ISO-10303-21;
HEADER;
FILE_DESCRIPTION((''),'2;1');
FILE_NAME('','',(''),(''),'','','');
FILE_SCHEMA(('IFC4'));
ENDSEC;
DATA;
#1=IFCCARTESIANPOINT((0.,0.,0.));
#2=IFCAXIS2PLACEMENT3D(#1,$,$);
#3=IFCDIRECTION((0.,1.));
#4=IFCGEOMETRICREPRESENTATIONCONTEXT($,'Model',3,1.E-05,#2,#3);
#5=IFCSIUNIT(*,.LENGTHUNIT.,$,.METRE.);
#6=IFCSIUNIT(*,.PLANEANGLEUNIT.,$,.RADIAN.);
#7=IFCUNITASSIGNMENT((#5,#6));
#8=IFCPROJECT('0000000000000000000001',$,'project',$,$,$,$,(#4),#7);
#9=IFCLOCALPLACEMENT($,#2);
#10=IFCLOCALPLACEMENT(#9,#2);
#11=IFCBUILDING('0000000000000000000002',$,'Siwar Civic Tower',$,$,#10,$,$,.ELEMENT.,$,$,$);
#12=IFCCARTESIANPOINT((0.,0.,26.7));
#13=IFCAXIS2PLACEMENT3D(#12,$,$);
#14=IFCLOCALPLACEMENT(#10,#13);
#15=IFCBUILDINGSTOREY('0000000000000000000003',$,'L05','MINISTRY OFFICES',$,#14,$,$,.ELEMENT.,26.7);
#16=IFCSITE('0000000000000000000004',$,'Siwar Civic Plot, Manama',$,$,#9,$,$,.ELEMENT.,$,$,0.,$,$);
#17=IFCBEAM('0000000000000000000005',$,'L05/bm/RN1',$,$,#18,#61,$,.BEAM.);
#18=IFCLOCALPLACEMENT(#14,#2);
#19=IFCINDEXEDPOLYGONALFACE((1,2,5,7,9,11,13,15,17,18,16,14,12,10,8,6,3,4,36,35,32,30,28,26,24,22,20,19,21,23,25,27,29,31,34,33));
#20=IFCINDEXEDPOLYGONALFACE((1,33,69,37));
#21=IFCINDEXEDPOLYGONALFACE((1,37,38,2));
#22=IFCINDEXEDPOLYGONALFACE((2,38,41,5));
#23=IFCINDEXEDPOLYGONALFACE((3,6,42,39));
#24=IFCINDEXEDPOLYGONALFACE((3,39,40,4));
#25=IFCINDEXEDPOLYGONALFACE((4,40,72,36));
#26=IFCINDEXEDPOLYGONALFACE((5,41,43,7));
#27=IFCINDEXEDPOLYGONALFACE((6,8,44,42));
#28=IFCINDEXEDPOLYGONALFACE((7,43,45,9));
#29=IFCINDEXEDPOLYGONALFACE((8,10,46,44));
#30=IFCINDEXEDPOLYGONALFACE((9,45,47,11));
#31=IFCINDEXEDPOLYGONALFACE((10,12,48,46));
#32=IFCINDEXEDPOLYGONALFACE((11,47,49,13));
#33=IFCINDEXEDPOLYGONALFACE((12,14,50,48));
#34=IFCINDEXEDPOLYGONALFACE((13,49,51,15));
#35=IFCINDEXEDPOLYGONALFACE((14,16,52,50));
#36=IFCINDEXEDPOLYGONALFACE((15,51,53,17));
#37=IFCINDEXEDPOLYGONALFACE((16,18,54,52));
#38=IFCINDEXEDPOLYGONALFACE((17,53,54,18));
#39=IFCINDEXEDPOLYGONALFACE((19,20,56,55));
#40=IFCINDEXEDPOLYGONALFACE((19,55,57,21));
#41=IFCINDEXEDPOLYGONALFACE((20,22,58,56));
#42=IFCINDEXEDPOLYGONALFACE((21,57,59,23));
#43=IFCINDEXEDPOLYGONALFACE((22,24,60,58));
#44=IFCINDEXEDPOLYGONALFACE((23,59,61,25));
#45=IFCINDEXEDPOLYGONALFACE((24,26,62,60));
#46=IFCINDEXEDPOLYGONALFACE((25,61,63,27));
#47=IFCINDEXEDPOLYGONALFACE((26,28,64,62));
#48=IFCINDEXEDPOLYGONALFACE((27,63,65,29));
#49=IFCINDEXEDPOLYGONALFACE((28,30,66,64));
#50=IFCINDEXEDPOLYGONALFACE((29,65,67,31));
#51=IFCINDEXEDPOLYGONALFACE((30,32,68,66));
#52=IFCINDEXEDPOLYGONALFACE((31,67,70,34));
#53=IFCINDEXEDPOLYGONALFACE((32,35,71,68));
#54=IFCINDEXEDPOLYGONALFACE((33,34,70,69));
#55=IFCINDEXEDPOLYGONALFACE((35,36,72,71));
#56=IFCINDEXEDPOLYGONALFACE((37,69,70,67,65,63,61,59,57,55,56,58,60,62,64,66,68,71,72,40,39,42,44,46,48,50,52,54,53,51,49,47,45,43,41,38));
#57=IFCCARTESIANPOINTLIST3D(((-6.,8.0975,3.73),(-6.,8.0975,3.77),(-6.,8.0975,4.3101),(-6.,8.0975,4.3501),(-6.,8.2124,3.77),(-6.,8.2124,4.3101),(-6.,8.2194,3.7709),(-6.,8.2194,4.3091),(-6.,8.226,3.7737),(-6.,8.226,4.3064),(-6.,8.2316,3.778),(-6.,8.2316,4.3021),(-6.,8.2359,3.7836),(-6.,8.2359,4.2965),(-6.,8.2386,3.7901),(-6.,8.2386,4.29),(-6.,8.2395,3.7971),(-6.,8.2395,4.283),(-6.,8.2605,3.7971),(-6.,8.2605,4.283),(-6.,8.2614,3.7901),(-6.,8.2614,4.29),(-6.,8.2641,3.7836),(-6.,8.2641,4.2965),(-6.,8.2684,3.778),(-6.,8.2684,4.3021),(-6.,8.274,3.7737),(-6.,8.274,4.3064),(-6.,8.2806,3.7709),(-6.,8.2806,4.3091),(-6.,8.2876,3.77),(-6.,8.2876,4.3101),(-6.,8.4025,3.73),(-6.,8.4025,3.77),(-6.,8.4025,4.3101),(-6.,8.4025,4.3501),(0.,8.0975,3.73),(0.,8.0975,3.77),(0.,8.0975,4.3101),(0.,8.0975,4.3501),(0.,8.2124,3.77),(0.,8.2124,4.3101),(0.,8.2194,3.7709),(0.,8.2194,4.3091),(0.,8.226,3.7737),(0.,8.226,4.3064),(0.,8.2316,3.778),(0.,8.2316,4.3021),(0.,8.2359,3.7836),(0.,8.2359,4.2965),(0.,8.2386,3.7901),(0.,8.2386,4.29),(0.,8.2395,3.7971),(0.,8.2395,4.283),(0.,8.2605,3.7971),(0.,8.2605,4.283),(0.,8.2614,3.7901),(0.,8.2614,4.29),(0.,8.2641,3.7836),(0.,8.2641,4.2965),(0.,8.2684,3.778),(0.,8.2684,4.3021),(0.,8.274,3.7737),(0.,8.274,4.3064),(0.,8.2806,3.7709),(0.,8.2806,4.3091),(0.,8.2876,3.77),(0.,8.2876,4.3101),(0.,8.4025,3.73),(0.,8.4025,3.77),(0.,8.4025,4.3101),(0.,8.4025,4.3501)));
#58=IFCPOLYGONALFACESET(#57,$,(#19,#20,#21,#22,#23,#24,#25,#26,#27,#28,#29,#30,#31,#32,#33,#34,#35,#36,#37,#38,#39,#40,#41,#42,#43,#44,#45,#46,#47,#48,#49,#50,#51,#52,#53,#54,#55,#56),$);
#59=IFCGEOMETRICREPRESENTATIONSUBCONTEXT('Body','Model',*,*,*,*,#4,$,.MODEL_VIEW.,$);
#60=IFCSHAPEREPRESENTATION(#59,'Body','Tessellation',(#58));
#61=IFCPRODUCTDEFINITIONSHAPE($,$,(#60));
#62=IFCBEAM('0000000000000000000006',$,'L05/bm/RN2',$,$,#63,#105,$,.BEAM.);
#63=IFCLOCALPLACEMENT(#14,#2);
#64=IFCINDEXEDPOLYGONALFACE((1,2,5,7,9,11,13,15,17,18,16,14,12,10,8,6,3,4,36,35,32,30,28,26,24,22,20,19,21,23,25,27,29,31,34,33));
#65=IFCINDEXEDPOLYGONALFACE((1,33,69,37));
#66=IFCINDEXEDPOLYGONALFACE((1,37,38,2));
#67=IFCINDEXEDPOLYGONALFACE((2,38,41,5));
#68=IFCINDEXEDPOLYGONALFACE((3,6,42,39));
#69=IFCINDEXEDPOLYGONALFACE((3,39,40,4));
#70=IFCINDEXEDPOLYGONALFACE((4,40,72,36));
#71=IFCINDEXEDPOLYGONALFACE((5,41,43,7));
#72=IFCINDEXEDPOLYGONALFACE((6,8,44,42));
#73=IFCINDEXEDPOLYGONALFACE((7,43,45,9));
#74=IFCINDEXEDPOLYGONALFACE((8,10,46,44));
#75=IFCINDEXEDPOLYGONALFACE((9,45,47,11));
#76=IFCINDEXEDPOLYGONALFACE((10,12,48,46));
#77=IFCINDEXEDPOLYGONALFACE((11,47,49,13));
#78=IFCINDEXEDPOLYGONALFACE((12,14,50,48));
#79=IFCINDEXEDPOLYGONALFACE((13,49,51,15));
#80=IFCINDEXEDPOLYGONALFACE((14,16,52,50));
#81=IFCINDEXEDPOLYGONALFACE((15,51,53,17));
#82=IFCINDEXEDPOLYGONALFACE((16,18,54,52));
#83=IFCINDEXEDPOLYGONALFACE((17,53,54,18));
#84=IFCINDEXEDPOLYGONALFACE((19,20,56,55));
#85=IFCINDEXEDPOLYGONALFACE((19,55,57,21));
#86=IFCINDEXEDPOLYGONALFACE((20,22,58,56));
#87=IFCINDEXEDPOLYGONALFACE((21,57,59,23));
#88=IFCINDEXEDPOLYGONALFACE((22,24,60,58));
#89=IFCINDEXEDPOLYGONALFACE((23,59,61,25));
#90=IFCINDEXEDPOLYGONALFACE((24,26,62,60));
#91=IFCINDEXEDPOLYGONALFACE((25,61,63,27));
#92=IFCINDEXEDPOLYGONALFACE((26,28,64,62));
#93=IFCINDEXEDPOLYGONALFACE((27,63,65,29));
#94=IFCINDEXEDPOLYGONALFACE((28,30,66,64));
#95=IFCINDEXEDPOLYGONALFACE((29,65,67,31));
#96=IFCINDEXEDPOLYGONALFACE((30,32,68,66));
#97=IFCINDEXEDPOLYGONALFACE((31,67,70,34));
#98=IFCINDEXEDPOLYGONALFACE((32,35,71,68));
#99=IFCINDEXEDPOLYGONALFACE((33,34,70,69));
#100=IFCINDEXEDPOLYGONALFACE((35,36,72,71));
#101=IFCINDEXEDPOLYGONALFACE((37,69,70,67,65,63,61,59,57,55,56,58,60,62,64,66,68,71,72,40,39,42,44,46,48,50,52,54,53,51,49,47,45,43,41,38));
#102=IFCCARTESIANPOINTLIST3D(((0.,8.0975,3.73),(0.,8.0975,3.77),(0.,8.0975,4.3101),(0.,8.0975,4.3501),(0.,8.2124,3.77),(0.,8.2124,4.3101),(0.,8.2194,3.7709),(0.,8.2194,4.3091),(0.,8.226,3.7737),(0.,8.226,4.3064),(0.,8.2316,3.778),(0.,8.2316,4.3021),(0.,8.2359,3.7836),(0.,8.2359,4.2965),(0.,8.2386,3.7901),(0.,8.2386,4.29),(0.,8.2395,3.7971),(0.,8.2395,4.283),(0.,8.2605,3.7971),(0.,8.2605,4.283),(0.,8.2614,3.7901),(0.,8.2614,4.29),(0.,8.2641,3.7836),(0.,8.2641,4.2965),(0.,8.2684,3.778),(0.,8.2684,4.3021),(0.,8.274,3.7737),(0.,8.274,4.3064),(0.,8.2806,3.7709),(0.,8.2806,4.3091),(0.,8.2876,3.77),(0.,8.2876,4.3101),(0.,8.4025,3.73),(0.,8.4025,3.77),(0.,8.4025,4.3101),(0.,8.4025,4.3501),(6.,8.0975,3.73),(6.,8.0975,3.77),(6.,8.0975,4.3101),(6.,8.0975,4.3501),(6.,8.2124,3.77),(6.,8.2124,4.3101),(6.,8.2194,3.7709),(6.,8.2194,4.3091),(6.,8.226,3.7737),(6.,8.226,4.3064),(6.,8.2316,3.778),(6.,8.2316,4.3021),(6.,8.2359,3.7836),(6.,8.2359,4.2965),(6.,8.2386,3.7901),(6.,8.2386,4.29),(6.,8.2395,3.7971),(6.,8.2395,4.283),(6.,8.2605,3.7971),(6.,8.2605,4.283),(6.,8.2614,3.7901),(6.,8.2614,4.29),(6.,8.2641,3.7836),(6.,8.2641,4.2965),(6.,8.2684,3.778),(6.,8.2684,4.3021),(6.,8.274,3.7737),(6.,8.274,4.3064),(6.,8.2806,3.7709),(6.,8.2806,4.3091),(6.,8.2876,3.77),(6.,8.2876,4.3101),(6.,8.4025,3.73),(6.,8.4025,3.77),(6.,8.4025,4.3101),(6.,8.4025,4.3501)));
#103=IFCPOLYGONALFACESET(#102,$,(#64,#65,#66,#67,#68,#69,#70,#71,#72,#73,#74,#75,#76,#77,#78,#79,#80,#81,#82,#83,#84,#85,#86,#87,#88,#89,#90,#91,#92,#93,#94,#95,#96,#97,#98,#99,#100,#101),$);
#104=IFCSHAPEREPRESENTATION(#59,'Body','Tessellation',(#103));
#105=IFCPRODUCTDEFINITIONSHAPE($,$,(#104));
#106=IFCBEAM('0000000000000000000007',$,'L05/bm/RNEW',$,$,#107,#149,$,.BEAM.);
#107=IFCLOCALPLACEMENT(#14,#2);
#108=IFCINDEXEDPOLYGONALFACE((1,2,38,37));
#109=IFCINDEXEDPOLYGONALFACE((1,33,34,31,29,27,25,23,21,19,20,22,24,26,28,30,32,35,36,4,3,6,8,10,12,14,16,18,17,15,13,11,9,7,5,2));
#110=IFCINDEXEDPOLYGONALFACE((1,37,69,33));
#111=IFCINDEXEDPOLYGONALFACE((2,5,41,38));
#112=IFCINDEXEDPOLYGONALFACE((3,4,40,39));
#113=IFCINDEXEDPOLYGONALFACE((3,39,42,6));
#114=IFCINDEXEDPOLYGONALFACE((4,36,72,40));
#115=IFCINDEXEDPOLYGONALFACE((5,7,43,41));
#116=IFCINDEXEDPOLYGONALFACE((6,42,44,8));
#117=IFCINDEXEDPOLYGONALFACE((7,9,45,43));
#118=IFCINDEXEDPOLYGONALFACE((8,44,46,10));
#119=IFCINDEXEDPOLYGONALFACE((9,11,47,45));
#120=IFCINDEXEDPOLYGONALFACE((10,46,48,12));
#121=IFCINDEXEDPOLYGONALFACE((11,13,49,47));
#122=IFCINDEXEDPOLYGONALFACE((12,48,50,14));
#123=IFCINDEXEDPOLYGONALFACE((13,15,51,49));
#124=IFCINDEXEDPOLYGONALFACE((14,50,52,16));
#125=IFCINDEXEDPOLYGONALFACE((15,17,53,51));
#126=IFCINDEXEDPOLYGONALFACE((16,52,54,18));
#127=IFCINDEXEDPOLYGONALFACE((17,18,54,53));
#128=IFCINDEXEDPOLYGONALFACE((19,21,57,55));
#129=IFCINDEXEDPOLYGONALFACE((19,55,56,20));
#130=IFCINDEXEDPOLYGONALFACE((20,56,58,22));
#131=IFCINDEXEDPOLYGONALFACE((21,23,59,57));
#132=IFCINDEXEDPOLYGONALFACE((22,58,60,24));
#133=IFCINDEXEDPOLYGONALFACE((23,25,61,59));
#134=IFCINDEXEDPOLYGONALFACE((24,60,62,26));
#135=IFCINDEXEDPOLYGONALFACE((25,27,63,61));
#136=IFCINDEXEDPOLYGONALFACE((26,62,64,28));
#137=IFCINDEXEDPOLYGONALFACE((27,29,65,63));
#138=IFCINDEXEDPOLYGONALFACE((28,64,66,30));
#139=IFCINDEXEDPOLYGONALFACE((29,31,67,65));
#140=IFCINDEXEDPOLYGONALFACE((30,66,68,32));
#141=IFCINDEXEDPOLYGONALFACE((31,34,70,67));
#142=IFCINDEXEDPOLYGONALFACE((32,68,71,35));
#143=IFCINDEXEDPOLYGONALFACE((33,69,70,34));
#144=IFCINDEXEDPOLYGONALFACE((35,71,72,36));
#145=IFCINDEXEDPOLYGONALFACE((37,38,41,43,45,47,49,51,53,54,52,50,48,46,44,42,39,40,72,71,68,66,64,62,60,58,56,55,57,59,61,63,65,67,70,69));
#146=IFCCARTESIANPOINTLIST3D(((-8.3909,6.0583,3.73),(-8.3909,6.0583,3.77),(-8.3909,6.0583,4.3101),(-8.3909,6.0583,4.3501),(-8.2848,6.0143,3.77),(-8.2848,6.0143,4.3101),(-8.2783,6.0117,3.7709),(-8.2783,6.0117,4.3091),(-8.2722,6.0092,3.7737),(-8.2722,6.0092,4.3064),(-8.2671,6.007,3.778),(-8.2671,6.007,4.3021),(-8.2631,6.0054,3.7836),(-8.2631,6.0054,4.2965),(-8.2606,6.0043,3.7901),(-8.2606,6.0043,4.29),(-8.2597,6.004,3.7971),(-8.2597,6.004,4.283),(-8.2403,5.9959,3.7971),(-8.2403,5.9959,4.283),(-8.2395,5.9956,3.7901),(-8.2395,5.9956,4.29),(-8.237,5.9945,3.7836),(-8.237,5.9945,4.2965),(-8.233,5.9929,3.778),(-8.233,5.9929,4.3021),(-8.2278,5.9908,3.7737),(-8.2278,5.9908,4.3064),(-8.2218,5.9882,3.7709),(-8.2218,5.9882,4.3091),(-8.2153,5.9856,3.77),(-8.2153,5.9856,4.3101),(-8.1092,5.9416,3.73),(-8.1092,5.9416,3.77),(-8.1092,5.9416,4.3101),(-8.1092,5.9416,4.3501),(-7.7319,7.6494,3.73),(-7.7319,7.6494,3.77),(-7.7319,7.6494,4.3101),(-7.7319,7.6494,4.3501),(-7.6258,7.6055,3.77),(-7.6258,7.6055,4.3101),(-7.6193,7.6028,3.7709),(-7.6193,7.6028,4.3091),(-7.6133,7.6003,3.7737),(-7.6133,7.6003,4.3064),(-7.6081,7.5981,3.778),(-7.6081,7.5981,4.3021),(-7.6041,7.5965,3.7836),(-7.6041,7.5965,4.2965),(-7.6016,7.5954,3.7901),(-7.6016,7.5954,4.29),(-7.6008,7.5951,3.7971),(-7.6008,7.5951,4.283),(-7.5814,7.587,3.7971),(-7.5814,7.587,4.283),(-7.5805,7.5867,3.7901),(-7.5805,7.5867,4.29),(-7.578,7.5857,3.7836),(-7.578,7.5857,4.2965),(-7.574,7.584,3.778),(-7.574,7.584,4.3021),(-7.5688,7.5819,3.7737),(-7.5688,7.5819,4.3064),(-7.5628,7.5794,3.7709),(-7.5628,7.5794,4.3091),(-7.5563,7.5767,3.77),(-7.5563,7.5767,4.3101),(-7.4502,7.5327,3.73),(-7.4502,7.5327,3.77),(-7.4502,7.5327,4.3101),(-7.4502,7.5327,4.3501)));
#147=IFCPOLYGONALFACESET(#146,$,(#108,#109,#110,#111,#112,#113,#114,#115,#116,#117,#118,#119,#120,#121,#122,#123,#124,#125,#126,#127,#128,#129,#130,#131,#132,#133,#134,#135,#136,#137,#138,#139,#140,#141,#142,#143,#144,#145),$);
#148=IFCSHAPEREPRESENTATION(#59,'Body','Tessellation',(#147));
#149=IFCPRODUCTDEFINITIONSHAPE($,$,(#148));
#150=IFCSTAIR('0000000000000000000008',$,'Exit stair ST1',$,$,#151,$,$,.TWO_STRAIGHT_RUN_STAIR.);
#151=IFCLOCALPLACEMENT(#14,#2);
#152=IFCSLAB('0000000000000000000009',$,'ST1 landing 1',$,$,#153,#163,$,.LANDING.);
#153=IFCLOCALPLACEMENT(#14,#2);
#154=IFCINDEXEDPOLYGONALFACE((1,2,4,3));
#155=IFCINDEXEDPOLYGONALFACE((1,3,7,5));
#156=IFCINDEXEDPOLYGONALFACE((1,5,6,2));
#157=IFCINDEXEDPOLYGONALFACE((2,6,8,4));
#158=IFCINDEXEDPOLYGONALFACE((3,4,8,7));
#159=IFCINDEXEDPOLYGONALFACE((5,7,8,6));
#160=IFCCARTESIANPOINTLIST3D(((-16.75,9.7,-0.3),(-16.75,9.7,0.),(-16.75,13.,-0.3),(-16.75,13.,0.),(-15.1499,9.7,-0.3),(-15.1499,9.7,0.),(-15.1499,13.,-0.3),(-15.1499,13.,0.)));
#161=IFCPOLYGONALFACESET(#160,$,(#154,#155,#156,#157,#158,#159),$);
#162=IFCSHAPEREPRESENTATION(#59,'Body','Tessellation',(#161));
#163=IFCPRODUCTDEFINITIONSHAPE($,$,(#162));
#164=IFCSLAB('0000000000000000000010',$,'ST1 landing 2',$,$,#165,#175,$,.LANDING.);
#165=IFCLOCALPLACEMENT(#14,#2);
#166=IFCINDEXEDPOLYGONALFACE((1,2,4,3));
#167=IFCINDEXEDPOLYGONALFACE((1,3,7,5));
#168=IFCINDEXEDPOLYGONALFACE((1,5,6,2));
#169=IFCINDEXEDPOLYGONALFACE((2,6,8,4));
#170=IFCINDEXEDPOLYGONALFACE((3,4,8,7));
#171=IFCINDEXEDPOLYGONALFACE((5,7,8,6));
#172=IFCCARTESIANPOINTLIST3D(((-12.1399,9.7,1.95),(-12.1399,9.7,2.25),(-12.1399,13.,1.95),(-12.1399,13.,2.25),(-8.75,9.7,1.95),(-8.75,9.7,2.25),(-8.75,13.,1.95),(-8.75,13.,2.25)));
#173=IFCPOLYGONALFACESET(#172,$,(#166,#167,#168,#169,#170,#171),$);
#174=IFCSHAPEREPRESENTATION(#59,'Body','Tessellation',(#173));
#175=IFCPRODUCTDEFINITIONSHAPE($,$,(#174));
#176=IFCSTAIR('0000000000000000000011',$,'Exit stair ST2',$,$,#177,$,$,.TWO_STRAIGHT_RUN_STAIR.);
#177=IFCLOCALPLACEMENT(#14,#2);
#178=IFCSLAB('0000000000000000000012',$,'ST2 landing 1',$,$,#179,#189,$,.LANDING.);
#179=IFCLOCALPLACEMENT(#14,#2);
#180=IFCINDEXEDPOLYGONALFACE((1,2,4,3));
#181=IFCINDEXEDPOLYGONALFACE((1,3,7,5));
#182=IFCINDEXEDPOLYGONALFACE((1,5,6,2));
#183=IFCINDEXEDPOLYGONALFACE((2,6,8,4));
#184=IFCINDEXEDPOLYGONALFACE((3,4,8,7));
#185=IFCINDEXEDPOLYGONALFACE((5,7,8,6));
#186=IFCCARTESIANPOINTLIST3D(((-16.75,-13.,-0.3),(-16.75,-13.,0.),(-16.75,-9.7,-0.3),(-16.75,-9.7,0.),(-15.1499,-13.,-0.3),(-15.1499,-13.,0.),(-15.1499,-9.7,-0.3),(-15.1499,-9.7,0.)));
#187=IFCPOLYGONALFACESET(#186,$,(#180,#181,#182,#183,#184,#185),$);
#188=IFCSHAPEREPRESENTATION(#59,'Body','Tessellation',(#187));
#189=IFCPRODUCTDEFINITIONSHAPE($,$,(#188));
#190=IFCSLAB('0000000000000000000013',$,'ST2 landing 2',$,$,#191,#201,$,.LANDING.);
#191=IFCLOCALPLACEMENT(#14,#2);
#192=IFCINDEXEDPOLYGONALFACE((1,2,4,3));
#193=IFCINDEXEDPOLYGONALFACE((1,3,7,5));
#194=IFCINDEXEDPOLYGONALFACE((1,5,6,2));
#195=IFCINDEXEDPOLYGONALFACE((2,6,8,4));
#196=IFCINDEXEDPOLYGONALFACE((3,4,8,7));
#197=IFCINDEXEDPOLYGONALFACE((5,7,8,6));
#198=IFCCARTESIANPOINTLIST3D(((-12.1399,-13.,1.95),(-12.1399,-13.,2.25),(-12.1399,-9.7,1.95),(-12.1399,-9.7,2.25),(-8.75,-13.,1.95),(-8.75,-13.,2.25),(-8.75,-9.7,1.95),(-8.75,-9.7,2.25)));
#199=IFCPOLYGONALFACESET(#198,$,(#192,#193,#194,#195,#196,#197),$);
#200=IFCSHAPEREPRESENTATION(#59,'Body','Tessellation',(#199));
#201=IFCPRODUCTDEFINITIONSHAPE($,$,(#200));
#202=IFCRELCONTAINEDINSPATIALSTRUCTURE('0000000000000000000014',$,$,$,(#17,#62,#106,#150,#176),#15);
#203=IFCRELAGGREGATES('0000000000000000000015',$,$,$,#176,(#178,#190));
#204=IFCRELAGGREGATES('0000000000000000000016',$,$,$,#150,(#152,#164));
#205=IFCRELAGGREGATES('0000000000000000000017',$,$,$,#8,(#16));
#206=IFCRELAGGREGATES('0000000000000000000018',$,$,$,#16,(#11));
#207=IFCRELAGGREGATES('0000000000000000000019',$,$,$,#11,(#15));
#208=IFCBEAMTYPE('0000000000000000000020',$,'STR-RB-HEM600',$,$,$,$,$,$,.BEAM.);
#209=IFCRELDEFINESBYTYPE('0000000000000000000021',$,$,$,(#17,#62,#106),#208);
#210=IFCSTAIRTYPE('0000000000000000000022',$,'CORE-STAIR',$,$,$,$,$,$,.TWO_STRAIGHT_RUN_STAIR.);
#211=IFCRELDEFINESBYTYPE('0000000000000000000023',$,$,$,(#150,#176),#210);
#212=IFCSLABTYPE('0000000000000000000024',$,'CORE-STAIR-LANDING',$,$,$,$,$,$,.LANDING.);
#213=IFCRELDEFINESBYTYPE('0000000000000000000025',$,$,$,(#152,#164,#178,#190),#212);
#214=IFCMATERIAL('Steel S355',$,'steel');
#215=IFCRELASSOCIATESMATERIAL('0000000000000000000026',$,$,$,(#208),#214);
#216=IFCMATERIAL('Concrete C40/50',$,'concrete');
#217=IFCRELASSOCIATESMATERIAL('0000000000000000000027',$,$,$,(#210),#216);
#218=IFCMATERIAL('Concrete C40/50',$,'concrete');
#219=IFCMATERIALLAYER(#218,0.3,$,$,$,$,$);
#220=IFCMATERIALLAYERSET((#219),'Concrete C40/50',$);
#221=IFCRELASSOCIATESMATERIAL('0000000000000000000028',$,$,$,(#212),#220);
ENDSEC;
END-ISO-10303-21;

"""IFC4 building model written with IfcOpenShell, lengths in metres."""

from ifc_helpers import new_model, si_unit, direction, frame, origin, origin_2d, place, context, subcontext, project, spatial, polyline, i_section, outline, extrude, material, layer, layer_set, material_profile, profile_set, type_object, element, aggregate, save


model = new_model("IFC4")

# Units and contexts
model_context = context("Model", 3, precision=1e-05, world=origin(), true_north=direction((0.0, 1.0)))
body_context = subcontext(model_context, "Body", "Model", "MODEL_VIEW")
ifc_project = project(units=[si_unit("LENGTHUNIT", "METRE"), si_unit("PLANEANGLEUNIT", "RADIAN")], contexts=[model_context])

# Site, building, storey
site_placement = place(None, origin())
site = spatial("IfcSite", under=ifc_project, at=site_placement, Name="Siwar Civic Plot, Manama", CompositionType="ELEMENT", RefElevation=0.0)
building_placement = place(site_placement, origin())
building = spatial("IfcBuilding", under=site, at=building_placement, Name="Siwar Civic Tower", CompositionType="ELEMENT")
storey_placement = place(building_placement, frame((0.0, 0.0, 26.7)))
storey = spatial("IfcBuildingStorey", under=building, at=storey_placement, Name="L05", Description="MINISTRY OFFICES", CompositionType="ELEMENT", Elevation=26.7)

# Beams
ifc_material_1 = material(Name="Steel S355", Category="steel")
ifc_material_profile_1 = material_profile(ifc_material_1, i_section(OverallWidth=0.3049, OverallDepth=0.6201, WebThickness=0.021, FlangeThickness=0.04, FilletRadius=0.0271, at=origin_2d()), Name="HEM600")
ifc_profile_set_1 = profile_set([ifc_material_profile_1], Name="Steel S355")
beam_type_1 = type_object("IfcBeamType", Name="STR-RB-HEM600", PredefinedType="BEAM", material=ifc_profile_set_1)
for number, where, z_axis, x_axis, name in (
    (1, (-6.0, 8.25, 4.04), (1.0, 0.0, 0.0), (0.0, 1.0, 0.0), "L05/bm/RN1"),
    (2, (0.0, 8.25, 4.04), (1.0, 0.0, 0.0), (0.0, 1.0, 0.0), "L05/bm/RN2"),
):
    element("IfcBeam", number, at=place(storey_placement, frame(where, z_axis=z_axis, x_axis=x_axis)), inside=storey, type_object=beam_type_1, Name=name, PredefinedType="BEAM", context=body_context, shape_type="SweptSolid", body=[
        extrude(i_section(OverallWidth=0.3049, OverallDepth=0.6201, WebThickness=0.021, FlangeThickness=0.04, FilletRadius=0.0271, at=origin_2d()), origin(), (0.0, 0.0, 1.0), 6.0),
    ])
beam_1_placement = place(storey_placement, frame((-7.5911, 7.5911, 4.04), z_axis=(-0.382631, -0.923901, 0.0), x_axis=(0.923901, -0.382631, 0.0)))
element("IfcBeam", 3, at=beam_1_placement, inside=storey, type_object=beam_type_1, Name="L05/bm/RNEW", PredefinedType="BEAM", context=body_context, shape_type="SweptSolid", body=[
    extrude(i_section(OverallWidth=0.3049, OverallDepth=0.6201, WebThickness=0.021, FlangeThickness=0.04, FilletRadius=0.0271, at=origin_2d()), origin(), (0.0, 0.0, 1.0), 1.7222),
])

# Stairs, slabs
ifc_material_2 = material(Name="Concrete C40/50", Category="concrete")
stair_type = type_object("IfcStairType", Name="CORE-STAIR", PredefinedType="TWO_STRAIGHT_RUN_STAIR", material=ifc_material_2)
stair_1_placement = place(storey_placement, origin())
stair_1 = element("IfcStair", 4, at=stair_1_placement, inside=storey, type_object=stair_type, Name="Exit stair ST1", PredefinedType="TWO_STRAIGHT_RUN_STAIR")
ifc_material_3 = material(Name="Concrete C40/50", Category="concrete")
ifc_layer_1 = layer(ifc_material_3, 0.3)
ifc_layer_set_1 = layer_set([ifc_layer_1], Name="Concrete C40/50")
slab_type_1 = type_object("IfcSlabType", Name="CORE-STAIR-LANDING", PredefinedType="LANDING", material=ifc_layer_set_1)
slab_1_placement = place(storey_placement, frame((0.0, 0.0, -0.3)))
slab_1 = element("IfcSlab", 5, at=slab_1_placement, type_object=slab_type_1, Name="ST1 landing 1", PredefinedType="LANDING", context=body_context, shape_type="SweptSolid", body=[
    extrude(outline(polyline([(-15.1499, 13.0), (-16.75, 13.0), (-16.75, 9.7), (-15.1499, 9.7), (-15.1499, 13.0)])), origin(), (0.0, 0.0, 1.0), 0.3),
])
slab_2_placement = place(storey_placement, frame((0.0, 0.0, 1.95)))
slab_2 = element("IfcSlab", 6, at=slab_2_placement, type_object=slab_type_1, Name="ST1 landing 2", PredefinedType="LANDING", context=body_context, shape_type="SweptSolid", body=[
    extrude(outline(polyline([(-8.75, 13.0), (-12.1399, 13.0), (-12.1399, 9.7), (-8.75, 9.7), (-8.75, 13.0)])), origin(), (0.0, 0.0, 1.0), 0.3),
])
stair_2_placement = place(storey_placement, origin())
stair_2 = element("IfcStair", 7, at=stair_2_placement, inside=storey, type_object=stair_type, Name="Exit stair ST2", PredefinedType="TWO_STRAIGHT_RUN_STAIR")
slab_3_placement = place(storey_placement, frame((0.0, 0.0, -0.3)))
slab_3 = element("IfcSlab", 8, at=slab_3_placement, type_object=slab_type_1, Name="ST2 landing 1", PredefinedType="LANDING", context=body_context, shape_type="SweptSolid", body=[
    extrude(outline(polyline([(-15.1499, -9.7), (-16.75, -9.7), (-16.75, -13.0), (-15.1499, -13.0), (-15.1499, -9.7)])), origin(), (0.0, 0.0, 1.0), 0.3),
])
slab_4_placement = place(storey_placement, frame((0.0, 0.0, 1.95)))
slab_4 = element("IfcSlab", 9, at=slab_4_placement, type_object=slab_type_1, Name="ST2 landing 2", PredefinedType="LANDING", context=body_context, shape_type="SweptSolid", body=[
    extrude(outline(polyline([(-8.75, -9.7), (-12.1399, -9.7), (-12.1399, -13.0), (-8.75, -13.0), (-8.75, -9.7)])), origin(), (0.0, 0.0, 1.0), 0.3),
])
aggregate(stair_2, [slab_3, slab_4])

aggregate(stair_1, [slab_1, slab_2])

save(model, "model.ifc")
